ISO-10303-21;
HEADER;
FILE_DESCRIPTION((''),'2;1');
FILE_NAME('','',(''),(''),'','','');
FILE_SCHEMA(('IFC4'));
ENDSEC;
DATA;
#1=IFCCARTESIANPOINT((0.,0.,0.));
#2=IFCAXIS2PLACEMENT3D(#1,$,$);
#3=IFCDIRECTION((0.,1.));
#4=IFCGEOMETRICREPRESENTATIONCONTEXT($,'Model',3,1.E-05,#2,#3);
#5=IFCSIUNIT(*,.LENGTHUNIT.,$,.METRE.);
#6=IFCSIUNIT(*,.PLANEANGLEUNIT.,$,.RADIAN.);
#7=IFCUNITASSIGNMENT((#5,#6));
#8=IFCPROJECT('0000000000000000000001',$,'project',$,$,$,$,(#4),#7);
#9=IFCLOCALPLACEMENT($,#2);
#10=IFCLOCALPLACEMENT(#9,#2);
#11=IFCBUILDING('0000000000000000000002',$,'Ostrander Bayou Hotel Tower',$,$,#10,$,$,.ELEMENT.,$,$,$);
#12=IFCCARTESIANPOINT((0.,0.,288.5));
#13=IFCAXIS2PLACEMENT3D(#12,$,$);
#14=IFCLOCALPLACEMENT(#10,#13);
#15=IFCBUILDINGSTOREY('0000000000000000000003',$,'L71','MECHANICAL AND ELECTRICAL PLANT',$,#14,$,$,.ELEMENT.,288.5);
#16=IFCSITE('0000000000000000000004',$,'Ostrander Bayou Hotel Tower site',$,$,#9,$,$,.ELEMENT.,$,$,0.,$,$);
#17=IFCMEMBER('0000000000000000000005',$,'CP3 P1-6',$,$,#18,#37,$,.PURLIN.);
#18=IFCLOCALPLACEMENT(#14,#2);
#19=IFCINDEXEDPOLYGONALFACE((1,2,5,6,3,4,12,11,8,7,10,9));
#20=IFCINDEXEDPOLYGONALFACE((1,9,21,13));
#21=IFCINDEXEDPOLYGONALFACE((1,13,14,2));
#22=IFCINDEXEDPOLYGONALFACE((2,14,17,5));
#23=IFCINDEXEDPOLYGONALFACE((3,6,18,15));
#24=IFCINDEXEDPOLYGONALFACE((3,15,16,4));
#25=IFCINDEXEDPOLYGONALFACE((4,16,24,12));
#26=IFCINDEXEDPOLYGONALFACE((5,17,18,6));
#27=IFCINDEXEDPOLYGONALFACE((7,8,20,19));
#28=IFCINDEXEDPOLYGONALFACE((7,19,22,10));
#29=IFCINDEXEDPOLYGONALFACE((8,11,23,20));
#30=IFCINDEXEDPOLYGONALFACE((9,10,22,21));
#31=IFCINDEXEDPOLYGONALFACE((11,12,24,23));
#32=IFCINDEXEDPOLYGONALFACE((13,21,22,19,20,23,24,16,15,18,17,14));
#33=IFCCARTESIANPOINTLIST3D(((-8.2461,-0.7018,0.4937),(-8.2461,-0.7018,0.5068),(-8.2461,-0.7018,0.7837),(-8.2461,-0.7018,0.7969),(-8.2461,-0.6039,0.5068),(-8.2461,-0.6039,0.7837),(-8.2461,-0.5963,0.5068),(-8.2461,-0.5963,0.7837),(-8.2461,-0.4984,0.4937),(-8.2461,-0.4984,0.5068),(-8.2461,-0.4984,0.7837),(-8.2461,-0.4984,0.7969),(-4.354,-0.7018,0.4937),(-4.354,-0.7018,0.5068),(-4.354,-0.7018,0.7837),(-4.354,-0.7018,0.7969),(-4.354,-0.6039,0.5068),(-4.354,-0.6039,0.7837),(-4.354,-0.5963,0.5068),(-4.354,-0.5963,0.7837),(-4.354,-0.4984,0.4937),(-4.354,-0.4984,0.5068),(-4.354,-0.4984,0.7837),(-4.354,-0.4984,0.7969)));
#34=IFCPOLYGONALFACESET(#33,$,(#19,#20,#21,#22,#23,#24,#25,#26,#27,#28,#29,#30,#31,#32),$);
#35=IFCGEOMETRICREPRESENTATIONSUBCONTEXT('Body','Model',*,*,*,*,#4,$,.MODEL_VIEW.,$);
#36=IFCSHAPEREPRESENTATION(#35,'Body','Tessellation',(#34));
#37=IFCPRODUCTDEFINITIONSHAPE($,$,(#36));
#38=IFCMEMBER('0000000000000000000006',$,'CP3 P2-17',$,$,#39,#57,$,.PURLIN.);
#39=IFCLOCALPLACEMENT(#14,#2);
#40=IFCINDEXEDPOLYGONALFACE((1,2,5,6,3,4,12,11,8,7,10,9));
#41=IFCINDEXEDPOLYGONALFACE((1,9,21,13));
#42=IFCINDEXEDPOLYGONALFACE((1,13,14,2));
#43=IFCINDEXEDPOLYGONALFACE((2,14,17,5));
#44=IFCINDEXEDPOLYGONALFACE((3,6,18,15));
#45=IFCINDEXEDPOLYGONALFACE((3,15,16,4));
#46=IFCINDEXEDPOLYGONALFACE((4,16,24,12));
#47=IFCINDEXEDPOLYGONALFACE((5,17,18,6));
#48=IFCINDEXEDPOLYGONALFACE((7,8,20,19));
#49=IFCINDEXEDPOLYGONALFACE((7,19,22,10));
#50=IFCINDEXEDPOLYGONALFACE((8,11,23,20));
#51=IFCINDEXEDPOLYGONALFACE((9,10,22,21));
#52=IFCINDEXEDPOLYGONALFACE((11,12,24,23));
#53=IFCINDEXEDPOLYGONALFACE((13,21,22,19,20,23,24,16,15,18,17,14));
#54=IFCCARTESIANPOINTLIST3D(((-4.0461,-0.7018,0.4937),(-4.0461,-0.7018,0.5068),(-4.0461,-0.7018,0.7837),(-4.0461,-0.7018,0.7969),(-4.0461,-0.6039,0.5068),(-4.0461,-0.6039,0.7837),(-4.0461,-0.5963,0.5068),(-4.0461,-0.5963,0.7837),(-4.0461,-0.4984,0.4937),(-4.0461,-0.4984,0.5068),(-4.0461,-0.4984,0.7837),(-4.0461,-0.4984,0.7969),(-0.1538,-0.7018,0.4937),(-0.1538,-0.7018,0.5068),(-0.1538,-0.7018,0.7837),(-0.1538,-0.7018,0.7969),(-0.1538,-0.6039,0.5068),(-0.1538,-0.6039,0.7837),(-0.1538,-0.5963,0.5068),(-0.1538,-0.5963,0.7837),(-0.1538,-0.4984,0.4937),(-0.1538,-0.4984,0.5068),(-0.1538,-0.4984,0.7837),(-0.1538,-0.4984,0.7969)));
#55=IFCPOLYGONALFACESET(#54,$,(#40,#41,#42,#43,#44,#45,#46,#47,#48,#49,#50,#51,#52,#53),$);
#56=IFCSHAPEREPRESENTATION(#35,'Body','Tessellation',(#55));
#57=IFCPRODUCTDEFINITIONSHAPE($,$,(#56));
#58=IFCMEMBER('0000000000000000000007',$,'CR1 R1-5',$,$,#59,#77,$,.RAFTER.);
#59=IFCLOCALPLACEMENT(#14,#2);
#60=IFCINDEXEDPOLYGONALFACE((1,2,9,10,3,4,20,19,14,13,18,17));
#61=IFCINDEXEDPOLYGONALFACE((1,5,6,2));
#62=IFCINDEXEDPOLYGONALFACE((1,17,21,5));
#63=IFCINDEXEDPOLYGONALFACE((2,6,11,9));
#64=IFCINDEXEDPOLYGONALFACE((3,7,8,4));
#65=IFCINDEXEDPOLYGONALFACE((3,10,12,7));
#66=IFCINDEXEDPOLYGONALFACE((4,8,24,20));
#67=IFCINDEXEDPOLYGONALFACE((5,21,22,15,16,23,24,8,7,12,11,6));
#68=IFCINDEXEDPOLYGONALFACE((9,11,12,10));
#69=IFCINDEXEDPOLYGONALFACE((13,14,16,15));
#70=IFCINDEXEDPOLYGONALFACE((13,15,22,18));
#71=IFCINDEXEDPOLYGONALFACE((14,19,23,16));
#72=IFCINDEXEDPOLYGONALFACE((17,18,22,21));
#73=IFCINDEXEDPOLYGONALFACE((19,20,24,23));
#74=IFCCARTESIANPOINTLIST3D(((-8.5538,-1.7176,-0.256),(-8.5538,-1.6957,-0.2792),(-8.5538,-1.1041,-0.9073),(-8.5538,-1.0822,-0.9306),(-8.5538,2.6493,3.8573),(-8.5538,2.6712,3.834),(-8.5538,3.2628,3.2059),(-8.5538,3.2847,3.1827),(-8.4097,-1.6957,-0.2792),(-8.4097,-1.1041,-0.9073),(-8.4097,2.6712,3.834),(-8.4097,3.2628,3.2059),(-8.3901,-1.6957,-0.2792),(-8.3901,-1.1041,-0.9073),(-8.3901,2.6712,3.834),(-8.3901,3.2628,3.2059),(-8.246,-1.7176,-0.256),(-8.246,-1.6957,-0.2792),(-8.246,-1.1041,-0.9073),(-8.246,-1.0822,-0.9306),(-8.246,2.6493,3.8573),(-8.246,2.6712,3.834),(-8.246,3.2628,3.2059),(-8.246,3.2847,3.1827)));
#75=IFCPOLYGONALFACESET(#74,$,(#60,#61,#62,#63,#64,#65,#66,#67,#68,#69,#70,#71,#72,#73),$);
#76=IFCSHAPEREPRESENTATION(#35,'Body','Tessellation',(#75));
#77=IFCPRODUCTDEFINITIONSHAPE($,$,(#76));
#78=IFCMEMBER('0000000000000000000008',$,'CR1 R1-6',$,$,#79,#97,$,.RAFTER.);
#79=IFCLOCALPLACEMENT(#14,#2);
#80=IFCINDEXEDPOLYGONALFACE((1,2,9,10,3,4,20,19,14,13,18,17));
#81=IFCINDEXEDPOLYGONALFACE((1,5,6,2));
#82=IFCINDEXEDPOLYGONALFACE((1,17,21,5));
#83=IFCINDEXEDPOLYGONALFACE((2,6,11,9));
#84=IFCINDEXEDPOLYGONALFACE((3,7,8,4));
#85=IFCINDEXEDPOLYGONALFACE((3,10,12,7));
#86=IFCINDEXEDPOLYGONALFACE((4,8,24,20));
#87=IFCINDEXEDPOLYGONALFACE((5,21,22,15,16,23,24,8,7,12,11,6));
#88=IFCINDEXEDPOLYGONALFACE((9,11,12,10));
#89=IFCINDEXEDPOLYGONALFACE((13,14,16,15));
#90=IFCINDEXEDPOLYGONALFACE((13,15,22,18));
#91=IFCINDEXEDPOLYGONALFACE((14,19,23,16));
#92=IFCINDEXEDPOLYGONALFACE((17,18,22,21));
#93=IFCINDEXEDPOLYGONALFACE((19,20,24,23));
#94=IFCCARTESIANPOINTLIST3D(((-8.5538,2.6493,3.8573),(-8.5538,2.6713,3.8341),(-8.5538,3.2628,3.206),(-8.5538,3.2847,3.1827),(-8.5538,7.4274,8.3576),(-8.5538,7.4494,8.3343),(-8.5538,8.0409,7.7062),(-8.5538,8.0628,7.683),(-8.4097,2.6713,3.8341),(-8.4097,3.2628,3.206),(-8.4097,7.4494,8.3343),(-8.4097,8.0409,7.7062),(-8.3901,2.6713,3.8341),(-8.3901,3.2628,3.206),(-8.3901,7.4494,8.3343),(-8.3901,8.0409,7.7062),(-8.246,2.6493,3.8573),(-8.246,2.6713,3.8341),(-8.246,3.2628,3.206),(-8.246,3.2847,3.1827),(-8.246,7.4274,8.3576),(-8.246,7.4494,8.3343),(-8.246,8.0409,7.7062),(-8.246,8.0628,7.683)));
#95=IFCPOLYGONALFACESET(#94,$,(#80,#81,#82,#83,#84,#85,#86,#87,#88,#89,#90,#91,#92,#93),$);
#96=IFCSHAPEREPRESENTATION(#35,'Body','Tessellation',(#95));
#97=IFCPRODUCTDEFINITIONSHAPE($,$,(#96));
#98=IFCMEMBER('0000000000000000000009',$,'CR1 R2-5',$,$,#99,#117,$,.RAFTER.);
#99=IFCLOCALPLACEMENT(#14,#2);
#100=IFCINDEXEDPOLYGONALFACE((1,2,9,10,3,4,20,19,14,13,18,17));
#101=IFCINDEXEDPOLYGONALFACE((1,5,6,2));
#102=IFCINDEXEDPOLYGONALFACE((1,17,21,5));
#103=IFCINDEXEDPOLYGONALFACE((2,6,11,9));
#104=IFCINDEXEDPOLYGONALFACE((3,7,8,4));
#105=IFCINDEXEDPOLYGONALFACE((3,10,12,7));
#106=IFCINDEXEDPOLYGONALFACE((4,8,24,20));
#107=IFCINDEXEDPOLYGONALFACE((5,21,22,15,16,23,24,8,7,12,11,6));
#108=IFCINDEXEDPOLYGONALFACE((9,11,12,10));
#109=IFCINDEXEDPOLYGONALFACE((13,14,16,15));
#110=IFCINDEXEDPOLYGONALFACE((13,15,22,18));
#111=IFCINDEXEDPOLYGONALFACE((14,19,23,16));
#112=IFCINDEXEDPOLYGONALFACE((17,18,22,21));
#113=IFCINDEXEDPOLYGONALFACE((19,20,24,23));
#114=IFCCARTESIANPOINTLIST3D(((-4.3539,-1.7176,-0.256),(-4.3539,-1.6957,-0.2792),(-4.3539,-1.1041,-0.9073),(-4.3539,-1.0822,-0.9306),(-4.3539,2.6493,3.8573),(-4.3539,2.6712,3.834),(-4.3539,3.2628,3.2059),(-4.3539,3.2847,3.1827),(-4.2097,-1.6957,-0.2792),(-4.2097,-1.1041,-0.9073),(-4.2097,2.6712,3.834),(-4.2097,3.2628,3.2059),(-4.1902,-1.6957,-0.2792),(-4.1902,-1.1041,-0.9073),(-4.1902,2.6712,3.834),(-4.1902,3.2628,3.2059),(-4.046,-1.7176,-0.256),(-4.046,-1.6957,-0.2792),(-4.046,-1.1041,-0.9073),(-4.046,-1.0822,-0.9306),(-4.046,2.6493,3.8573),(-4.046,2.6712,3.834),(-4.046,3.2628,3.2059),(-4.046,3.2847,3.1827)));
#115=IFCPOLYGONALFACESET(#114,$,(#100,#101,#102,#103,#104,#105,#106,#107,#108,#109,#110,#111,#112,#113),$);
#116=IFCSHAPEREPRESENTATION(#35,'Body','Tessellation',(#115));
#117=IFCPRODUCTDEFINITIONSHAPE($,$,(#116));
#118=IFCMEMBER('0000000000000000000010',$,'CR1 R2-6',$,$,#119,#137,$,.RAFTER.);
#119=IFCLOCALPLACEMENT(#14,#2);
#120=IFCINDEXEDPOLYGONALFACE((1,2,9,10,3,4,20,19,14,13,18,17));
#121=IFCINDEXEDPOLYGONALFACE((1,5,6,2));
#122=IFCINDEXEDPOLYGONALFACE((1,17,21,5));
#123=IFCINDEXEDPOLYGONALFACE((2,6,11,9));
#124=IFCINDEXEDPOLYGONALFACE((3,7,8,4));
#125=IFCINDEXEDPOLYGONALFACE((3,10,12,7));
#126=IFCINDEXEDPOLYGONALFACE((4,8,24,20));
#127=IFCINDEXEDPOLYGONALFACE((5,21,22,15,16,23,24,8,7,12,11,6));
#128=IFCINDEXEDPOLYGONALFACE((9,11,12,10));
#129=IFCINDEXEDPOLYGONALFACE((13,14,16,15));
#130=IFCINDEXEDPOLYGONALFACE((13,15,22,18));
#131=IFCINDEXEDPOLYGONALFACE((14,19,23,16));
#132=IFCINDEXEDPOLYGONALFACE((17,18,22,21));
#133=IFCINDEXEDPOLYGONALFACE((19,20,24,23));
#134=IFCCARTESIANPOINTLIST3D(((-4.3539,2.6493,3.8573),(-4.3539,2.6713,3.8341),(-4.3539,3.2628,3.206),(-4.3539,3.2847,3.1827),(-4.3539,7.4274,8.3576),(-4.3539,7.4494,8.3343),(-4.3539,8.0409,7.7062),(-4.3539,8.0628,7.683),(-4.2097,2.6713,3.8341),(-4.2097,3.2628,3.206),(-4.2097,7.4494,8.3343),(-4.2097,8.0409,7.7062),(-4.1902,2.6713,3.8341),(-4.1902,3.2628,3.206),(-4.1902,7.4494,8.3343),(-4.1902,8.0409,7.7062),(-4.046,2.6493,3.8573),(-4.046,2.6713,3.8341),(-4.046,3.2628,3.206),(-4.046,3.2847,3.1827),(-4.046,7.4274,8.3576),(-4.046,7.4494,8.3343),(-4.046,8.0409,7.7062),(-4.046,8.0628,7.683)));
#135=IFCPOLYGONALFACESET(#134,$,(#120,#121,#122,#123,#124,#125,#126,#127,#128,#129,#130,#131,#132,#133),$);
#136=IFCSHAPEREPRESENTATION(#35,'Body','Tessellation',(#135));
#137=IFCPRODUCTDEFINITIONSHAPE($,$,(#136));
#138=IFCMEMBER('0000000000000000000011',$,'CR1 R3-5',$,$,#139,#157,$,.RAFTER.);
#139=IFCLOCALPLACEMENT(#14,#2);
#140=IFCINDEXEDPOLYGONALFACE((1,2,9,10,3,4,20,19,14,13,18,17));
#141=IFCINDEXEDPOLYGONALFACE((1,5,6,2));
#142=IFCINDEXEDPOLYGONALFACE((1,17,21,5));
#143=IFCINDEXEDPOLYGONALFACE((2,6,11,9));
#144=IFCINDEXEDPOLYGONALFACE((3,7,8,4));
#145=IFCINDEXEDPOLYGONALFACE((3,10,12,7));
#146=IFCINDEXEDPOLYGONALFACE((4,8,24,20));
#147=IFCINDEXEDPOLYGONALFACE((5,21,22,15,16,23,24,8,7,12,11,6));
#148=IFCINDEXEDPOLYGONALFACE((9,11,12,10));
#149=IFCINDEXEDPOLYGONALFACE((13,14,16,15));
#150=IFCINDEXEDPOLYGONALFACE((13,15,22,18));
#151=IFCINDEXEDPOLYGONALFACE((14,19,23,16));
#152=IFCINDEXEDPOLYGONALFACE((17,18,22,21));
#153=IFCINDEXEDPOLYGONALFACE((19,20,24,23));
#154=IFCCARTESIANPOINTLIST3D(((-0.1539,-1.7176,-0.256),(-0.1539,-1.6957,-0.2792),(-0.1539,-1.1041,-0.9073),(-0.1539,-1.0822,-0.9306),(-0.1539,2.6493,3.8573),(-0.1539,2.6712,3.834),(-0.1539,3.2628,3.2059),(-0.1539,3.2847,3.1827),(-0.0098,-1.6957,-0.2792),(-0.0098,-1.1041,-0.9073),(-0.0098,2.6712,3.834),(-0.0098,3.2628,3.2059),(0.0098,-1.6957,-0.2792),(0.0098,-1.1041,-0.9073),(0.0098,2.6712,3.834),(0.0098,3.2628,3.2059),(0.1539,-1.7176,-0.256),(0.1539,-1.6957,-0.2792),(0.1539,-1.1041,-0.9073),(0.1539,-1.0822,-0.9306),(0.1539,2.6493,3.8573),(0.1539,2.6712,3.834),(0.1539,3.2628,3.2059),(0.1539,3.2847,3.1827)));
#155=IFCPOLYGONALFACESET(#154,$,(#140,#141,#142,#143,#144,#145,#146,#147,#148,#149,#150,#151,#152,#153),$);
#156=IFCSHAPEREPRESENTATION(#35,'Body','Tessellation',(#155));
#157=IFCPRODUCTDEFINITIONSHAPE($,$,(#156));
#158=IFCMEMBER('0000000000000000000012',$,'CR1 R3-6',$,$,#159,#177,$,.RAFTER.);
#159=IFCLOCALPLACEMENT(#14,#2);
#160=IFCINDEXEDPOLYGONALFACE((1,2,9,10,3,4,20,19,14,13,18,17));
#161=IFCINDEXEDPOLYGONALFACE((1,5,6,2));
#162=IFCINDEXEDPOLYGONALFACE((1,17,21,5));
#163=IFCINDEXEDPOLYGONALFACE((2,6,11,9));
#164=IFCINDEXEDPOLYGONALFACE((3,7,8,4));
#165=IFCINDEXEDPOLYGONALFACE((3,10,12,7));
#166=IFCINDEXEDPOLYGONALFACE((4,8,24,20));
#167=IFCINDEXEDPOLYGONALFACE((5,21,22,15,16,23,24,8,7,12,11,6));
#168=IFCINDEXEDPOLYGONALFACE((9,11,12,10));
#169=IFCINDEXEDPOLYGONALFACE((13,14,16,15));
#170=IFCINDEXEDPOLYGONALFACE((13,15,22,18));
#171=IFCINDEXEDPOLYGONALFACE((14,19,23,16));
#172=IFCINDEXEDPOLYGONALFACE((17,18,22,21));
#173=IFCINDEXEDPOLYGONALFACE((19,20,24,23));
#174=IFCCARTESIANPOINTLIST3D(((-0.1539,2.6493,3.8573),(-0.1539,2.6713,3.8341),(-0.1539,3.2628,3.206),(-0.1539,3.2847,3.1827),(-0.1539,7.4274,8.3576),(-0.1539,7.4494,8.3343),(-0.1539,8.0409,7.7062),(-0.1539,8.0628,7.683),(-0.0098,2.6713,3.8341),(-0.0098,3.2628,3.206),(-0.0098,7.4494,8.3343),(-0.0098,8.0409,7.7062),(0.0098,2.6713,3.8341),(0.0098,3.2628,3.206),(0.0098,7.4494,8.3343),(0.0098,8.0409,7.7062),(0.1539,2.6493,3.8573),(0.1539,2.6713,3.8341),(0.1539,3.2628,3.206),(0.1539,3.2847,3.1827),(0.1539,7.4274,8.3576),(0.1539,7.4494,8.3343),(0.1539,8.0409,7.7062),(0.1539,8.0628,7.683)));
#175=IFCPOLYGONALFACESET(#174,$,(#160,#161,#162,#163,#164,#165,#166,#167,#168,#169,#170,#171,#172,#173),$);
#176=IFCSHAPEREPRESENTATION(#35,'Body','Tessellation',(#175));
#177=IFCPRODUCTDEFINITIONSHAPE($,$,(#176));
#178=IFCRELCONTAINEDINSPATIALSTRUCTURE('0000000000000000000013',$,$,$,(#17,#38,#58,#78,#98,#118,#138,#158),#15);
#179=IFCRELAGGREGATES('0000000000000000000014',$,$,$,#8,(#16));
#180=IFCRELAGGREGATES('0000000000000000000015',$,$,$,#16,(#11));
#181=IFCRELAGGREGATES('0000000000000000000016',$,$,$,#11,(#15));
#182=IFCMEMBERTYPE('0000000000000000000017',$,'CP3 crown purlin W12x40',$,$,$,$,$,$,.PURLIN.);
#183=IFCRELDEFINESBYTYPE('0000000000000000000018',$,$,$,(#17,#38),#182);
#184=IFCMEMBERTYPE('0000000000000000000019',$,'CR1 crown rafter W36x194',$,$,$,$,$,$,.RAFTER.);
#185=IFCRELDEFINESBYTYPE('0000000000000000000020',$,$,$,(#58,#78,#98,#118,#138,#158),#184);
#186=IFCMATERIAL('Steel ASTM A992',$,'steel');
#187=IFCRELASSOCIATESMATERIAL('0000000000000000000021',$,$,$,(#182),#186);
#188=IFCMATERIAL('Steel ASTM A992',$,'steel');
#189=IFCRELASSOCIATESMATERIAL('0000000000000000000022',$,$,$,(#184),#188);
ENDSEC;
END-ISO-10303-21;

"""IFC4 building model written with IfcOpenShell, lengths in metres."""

from ifc_helpers import new_model, si_unit, direction, frame, origin, origin_2d, place, context, subcontext, project, spatial, i_section, extrude, material, material_profile, profile_set, type_object, element, save


model = new_model("IFC4")

# Units and contexts
model_context = context("Model", 3, precision=1e-05, world=origin(), true_north=direction((0.0, 1.0)))
body_context = subcontext(model_context, "Body", "Model", "MODEL_VIEW")
ifc_project = project(units=[si_unit("LENGTHUNIT", "METRE"), si_unit("PLANEANGLEUNIT", "RADIAN")], contexts=[model_context])

# Site, building, storey
site_placement = place(None, origin())
site = spatial("IfcSite", under=ifc_project, at=site_placement, Name="Ostrander Bayou Hotel Tower site", CompositionType="ELEMENT", RefElevation=0.0)
building_placement = place(site_placement, origin())
building = spatial("IfcBuilding", under=site, at=building_placement, Name="Ostrander Bayou Hotel Tower", CompositionType="ELEMENT")
storey_placement = place(building_placement, frame((0.0, 0.0, 288.5)))
storey = spatial("IfcBuildingStorey", under=building, at=storey_placement, Name="L71", Description="MECHANICAL AND ELECTRICAL PLANT", CompositionType="ELEMENT", Elevation=288.5)

# Members
ifc_material_1 = material(Name="Steel ASTM A992", Category="steel")
ifc_material_profile_1 = material_profile(ifc_material_1, i_section(OverallWidth=0.2034, OverallDepth=0.3032, WebThickness=0.0076, FlangeThickness=0.0132, at=origin_2d()))
ifc_profile_set_1 = profile_set([ifc_material_profile_1], Name="Steel ASTM A992")
member_type_1 = type_object("IfcMemberType", Name="CP3 crown purlin W12x40", PredefinedType="PURLIN", material=ifc_profile_set_1)
member_1_placement = place(storey_placement, frame((-8.2461, -0.6001, 0.6453), z_axis=(1.0, 0.0, 0.0), x_axis=(0.0, 1.0, 0.0)))
element("IfcMember", 1, at=member_1_placement, inside=storey, type_object=member_type_1, Name="CP3 P1-6", PredefinedType="PURLIN", context=body_context, shape_type="SweptSolid", body=[
    extrude(i_section(OverallWidth=0.2034, OverallDepth=0.3032, WebThickness=0.0076, FlangeThickness=0.0132, at=origin_2d()), origin(), (0.0, 0.0, 1.0), 3.8921),
])
member_2_placement = place(storey_placement, frame((-4.0461, -0.6001, 0.6453), z_axis=(1.0, 0.0, 0.0), x_axis=(0.0, 1.0, 0.0)))
element("IfcMember", 2, at=member_2_placement, inside=storey, type_object=member_type_1, Name="CP3 P2-17", PredefinedType="PURLIN", context=body_context, shape_type="SweptSolid", body=[
    extrude(i_section(OverallWidth=0.2034, OverallDepth=0.3032, WebThickness=0.0076, FlangeThickness=0.0132, at=origin_2d()), origin(), (0.0, 0.0, 1.0), 3.8923),
])
ifc_material_2 = material(Name="Steel ASTM A992", Category="steel")
ifc_material_profile_2 = material_profile(ifc_material_2, i_section(OverallWidth=0.3079, OverallDepth=0.9268, WebThickness=0.0195, FlangeThickness=0.032, at=origin_2d()))
ifc_profile_set_2 = profile_set([ifc_material_profile_2], Name="Steel ASTM A992")
member_type_2 = type_object("IfcMemberType", Name="CR1 crown rafter W36x194", PredefinedType="RAFTER", material=ifc_profile_set_2)
member_3_placement = place(storey_placement, frame((-8.3999, -1.3999, -0.5933), z_axis=(0.0, 0.727932, 0.685649), x_axis=(-1.0, 0.0, 0.0)))
element("IfcMember", 3, at=member_3_placement, inside=storey, type_object=member_type_2, Name="CR1 R1-5", PredefinedType="RAFTER", context=body_context, shape_type="SweptSolid", body=[
    extrude(i_section(OverallWidth=0.3079, OverallDepth=0.9268, WebThickness=0.0195, FlangeThickness=0.032, at=origin_2d()), origin(), (0.0, 0.0, 1.0), 5.999),
])
member_4_placement = place(storey_placement, frame((-8.3999, 2.967, 3.52), z_axis=(0.0, 0.727954, 0.685626), x_axis=(-1.0, 0.0, 0.0)))
element("IfcMember", 4, at=member_4_placement, inside=storey, type_object=member_type_2, Name="CR1 R1-6", PredefinedType="RAFTER", context=body_context, shape_type="SweptSolid", body=[
    extrude(i_section(OverallWidth=0.3079, OverallDepth=0.9268, WebThickness=0.0195, FlangeThickness=0.032, at=origin_2d()), origin(), (0.0, 0.0, 1.0), 6.5637),
])
member_5_placement = place(storey_placement, frame((-4.2, -1.3999, -0.5933), z_axis=(0.0, 0.727932, 0.685649), x_axis=(-1.0, 0.0, 0.0)))
element("IfcMember", 5, at=member_5_placement, inside=storey, type_object=member_type_2, Name="CR1 R2-5", PredefinedType="RAFTER", context=body_context, shape_type="SweptSolid", body=[
    extrude(i_section(OverallWidth=0.3079, OverallDepth=0.9268, WebThickness=0.0195, FlangeThickness=0.032, at=origin_2d()), origin(), (0.0, 0.0, 1.0), 5.999),
])
member_6_placement = place(storey_placement, frame((-4.2, 2.967, 3.52), z_axis=(0.0, 0.727954, 0.685626), x_axis=(-1.0, 0.0, 0.0)))
element("IfcMember", 6, at=member_6_placement, inside=storey, type_object=member_type_2, Name="CR1 R2-6", PredefinedType="RAFTER", context=body_context, shape_type="SweptSolid", body=[
    extrude(i_section(OverallWidth=0.3079, OverallDepth=0.9268, WebThickness=0.0195, FlangeThickness=0.032, at=origin_2d()), origin(), (0.0, 0.0, 1.0), 6.5637),
])
member_7_placement = place(storey_placement, frame((0.0, -1.3999, -0.5933), z_axis=(0.0, 0.727932, 0.685649), x_axis=(-1.0, 0.0, 0.0)))
element("IfcMember", 7, at=member_7_placement, inside=storey, type_object=member_type_2, Name="CR1 R3-5", PredefinedType="RAFTER", context=body_context, shape_type="SweptSolid", body=[
    extrude(i_section(OverallWidth=0.3079, OverallDepth=0.9268, WebThickness=0.0195, FlangeThickness=0.032, at=origin_2d()), origin(), (0.0, 0.0, 1.0), 5.999),
])
member_8_placement = place(storey_placement, frame((0.0, 2.967, 3.52), z_axis=(0.0, 0.727954, 0.685626), x_axis=(-1.0, 0.0, 0.0)))
element("IfcMember", 8, at=member_8_placement, inside=storey, type_object=member_type_2, Name="CR1 R3-6", PredefinedType="RAFTER", context=body_context, shape_type="SweptSolid", body=[
    extrude(i_section(OverallWidth=0.3079, OverallDepth=0.9268, WebThickness=0.0195, FlangeThickness=0.032, at=origin_2d()), origin(), (0.0, 0.0, 1.0), 6.5637),
])

save(model, "model.ifc")
